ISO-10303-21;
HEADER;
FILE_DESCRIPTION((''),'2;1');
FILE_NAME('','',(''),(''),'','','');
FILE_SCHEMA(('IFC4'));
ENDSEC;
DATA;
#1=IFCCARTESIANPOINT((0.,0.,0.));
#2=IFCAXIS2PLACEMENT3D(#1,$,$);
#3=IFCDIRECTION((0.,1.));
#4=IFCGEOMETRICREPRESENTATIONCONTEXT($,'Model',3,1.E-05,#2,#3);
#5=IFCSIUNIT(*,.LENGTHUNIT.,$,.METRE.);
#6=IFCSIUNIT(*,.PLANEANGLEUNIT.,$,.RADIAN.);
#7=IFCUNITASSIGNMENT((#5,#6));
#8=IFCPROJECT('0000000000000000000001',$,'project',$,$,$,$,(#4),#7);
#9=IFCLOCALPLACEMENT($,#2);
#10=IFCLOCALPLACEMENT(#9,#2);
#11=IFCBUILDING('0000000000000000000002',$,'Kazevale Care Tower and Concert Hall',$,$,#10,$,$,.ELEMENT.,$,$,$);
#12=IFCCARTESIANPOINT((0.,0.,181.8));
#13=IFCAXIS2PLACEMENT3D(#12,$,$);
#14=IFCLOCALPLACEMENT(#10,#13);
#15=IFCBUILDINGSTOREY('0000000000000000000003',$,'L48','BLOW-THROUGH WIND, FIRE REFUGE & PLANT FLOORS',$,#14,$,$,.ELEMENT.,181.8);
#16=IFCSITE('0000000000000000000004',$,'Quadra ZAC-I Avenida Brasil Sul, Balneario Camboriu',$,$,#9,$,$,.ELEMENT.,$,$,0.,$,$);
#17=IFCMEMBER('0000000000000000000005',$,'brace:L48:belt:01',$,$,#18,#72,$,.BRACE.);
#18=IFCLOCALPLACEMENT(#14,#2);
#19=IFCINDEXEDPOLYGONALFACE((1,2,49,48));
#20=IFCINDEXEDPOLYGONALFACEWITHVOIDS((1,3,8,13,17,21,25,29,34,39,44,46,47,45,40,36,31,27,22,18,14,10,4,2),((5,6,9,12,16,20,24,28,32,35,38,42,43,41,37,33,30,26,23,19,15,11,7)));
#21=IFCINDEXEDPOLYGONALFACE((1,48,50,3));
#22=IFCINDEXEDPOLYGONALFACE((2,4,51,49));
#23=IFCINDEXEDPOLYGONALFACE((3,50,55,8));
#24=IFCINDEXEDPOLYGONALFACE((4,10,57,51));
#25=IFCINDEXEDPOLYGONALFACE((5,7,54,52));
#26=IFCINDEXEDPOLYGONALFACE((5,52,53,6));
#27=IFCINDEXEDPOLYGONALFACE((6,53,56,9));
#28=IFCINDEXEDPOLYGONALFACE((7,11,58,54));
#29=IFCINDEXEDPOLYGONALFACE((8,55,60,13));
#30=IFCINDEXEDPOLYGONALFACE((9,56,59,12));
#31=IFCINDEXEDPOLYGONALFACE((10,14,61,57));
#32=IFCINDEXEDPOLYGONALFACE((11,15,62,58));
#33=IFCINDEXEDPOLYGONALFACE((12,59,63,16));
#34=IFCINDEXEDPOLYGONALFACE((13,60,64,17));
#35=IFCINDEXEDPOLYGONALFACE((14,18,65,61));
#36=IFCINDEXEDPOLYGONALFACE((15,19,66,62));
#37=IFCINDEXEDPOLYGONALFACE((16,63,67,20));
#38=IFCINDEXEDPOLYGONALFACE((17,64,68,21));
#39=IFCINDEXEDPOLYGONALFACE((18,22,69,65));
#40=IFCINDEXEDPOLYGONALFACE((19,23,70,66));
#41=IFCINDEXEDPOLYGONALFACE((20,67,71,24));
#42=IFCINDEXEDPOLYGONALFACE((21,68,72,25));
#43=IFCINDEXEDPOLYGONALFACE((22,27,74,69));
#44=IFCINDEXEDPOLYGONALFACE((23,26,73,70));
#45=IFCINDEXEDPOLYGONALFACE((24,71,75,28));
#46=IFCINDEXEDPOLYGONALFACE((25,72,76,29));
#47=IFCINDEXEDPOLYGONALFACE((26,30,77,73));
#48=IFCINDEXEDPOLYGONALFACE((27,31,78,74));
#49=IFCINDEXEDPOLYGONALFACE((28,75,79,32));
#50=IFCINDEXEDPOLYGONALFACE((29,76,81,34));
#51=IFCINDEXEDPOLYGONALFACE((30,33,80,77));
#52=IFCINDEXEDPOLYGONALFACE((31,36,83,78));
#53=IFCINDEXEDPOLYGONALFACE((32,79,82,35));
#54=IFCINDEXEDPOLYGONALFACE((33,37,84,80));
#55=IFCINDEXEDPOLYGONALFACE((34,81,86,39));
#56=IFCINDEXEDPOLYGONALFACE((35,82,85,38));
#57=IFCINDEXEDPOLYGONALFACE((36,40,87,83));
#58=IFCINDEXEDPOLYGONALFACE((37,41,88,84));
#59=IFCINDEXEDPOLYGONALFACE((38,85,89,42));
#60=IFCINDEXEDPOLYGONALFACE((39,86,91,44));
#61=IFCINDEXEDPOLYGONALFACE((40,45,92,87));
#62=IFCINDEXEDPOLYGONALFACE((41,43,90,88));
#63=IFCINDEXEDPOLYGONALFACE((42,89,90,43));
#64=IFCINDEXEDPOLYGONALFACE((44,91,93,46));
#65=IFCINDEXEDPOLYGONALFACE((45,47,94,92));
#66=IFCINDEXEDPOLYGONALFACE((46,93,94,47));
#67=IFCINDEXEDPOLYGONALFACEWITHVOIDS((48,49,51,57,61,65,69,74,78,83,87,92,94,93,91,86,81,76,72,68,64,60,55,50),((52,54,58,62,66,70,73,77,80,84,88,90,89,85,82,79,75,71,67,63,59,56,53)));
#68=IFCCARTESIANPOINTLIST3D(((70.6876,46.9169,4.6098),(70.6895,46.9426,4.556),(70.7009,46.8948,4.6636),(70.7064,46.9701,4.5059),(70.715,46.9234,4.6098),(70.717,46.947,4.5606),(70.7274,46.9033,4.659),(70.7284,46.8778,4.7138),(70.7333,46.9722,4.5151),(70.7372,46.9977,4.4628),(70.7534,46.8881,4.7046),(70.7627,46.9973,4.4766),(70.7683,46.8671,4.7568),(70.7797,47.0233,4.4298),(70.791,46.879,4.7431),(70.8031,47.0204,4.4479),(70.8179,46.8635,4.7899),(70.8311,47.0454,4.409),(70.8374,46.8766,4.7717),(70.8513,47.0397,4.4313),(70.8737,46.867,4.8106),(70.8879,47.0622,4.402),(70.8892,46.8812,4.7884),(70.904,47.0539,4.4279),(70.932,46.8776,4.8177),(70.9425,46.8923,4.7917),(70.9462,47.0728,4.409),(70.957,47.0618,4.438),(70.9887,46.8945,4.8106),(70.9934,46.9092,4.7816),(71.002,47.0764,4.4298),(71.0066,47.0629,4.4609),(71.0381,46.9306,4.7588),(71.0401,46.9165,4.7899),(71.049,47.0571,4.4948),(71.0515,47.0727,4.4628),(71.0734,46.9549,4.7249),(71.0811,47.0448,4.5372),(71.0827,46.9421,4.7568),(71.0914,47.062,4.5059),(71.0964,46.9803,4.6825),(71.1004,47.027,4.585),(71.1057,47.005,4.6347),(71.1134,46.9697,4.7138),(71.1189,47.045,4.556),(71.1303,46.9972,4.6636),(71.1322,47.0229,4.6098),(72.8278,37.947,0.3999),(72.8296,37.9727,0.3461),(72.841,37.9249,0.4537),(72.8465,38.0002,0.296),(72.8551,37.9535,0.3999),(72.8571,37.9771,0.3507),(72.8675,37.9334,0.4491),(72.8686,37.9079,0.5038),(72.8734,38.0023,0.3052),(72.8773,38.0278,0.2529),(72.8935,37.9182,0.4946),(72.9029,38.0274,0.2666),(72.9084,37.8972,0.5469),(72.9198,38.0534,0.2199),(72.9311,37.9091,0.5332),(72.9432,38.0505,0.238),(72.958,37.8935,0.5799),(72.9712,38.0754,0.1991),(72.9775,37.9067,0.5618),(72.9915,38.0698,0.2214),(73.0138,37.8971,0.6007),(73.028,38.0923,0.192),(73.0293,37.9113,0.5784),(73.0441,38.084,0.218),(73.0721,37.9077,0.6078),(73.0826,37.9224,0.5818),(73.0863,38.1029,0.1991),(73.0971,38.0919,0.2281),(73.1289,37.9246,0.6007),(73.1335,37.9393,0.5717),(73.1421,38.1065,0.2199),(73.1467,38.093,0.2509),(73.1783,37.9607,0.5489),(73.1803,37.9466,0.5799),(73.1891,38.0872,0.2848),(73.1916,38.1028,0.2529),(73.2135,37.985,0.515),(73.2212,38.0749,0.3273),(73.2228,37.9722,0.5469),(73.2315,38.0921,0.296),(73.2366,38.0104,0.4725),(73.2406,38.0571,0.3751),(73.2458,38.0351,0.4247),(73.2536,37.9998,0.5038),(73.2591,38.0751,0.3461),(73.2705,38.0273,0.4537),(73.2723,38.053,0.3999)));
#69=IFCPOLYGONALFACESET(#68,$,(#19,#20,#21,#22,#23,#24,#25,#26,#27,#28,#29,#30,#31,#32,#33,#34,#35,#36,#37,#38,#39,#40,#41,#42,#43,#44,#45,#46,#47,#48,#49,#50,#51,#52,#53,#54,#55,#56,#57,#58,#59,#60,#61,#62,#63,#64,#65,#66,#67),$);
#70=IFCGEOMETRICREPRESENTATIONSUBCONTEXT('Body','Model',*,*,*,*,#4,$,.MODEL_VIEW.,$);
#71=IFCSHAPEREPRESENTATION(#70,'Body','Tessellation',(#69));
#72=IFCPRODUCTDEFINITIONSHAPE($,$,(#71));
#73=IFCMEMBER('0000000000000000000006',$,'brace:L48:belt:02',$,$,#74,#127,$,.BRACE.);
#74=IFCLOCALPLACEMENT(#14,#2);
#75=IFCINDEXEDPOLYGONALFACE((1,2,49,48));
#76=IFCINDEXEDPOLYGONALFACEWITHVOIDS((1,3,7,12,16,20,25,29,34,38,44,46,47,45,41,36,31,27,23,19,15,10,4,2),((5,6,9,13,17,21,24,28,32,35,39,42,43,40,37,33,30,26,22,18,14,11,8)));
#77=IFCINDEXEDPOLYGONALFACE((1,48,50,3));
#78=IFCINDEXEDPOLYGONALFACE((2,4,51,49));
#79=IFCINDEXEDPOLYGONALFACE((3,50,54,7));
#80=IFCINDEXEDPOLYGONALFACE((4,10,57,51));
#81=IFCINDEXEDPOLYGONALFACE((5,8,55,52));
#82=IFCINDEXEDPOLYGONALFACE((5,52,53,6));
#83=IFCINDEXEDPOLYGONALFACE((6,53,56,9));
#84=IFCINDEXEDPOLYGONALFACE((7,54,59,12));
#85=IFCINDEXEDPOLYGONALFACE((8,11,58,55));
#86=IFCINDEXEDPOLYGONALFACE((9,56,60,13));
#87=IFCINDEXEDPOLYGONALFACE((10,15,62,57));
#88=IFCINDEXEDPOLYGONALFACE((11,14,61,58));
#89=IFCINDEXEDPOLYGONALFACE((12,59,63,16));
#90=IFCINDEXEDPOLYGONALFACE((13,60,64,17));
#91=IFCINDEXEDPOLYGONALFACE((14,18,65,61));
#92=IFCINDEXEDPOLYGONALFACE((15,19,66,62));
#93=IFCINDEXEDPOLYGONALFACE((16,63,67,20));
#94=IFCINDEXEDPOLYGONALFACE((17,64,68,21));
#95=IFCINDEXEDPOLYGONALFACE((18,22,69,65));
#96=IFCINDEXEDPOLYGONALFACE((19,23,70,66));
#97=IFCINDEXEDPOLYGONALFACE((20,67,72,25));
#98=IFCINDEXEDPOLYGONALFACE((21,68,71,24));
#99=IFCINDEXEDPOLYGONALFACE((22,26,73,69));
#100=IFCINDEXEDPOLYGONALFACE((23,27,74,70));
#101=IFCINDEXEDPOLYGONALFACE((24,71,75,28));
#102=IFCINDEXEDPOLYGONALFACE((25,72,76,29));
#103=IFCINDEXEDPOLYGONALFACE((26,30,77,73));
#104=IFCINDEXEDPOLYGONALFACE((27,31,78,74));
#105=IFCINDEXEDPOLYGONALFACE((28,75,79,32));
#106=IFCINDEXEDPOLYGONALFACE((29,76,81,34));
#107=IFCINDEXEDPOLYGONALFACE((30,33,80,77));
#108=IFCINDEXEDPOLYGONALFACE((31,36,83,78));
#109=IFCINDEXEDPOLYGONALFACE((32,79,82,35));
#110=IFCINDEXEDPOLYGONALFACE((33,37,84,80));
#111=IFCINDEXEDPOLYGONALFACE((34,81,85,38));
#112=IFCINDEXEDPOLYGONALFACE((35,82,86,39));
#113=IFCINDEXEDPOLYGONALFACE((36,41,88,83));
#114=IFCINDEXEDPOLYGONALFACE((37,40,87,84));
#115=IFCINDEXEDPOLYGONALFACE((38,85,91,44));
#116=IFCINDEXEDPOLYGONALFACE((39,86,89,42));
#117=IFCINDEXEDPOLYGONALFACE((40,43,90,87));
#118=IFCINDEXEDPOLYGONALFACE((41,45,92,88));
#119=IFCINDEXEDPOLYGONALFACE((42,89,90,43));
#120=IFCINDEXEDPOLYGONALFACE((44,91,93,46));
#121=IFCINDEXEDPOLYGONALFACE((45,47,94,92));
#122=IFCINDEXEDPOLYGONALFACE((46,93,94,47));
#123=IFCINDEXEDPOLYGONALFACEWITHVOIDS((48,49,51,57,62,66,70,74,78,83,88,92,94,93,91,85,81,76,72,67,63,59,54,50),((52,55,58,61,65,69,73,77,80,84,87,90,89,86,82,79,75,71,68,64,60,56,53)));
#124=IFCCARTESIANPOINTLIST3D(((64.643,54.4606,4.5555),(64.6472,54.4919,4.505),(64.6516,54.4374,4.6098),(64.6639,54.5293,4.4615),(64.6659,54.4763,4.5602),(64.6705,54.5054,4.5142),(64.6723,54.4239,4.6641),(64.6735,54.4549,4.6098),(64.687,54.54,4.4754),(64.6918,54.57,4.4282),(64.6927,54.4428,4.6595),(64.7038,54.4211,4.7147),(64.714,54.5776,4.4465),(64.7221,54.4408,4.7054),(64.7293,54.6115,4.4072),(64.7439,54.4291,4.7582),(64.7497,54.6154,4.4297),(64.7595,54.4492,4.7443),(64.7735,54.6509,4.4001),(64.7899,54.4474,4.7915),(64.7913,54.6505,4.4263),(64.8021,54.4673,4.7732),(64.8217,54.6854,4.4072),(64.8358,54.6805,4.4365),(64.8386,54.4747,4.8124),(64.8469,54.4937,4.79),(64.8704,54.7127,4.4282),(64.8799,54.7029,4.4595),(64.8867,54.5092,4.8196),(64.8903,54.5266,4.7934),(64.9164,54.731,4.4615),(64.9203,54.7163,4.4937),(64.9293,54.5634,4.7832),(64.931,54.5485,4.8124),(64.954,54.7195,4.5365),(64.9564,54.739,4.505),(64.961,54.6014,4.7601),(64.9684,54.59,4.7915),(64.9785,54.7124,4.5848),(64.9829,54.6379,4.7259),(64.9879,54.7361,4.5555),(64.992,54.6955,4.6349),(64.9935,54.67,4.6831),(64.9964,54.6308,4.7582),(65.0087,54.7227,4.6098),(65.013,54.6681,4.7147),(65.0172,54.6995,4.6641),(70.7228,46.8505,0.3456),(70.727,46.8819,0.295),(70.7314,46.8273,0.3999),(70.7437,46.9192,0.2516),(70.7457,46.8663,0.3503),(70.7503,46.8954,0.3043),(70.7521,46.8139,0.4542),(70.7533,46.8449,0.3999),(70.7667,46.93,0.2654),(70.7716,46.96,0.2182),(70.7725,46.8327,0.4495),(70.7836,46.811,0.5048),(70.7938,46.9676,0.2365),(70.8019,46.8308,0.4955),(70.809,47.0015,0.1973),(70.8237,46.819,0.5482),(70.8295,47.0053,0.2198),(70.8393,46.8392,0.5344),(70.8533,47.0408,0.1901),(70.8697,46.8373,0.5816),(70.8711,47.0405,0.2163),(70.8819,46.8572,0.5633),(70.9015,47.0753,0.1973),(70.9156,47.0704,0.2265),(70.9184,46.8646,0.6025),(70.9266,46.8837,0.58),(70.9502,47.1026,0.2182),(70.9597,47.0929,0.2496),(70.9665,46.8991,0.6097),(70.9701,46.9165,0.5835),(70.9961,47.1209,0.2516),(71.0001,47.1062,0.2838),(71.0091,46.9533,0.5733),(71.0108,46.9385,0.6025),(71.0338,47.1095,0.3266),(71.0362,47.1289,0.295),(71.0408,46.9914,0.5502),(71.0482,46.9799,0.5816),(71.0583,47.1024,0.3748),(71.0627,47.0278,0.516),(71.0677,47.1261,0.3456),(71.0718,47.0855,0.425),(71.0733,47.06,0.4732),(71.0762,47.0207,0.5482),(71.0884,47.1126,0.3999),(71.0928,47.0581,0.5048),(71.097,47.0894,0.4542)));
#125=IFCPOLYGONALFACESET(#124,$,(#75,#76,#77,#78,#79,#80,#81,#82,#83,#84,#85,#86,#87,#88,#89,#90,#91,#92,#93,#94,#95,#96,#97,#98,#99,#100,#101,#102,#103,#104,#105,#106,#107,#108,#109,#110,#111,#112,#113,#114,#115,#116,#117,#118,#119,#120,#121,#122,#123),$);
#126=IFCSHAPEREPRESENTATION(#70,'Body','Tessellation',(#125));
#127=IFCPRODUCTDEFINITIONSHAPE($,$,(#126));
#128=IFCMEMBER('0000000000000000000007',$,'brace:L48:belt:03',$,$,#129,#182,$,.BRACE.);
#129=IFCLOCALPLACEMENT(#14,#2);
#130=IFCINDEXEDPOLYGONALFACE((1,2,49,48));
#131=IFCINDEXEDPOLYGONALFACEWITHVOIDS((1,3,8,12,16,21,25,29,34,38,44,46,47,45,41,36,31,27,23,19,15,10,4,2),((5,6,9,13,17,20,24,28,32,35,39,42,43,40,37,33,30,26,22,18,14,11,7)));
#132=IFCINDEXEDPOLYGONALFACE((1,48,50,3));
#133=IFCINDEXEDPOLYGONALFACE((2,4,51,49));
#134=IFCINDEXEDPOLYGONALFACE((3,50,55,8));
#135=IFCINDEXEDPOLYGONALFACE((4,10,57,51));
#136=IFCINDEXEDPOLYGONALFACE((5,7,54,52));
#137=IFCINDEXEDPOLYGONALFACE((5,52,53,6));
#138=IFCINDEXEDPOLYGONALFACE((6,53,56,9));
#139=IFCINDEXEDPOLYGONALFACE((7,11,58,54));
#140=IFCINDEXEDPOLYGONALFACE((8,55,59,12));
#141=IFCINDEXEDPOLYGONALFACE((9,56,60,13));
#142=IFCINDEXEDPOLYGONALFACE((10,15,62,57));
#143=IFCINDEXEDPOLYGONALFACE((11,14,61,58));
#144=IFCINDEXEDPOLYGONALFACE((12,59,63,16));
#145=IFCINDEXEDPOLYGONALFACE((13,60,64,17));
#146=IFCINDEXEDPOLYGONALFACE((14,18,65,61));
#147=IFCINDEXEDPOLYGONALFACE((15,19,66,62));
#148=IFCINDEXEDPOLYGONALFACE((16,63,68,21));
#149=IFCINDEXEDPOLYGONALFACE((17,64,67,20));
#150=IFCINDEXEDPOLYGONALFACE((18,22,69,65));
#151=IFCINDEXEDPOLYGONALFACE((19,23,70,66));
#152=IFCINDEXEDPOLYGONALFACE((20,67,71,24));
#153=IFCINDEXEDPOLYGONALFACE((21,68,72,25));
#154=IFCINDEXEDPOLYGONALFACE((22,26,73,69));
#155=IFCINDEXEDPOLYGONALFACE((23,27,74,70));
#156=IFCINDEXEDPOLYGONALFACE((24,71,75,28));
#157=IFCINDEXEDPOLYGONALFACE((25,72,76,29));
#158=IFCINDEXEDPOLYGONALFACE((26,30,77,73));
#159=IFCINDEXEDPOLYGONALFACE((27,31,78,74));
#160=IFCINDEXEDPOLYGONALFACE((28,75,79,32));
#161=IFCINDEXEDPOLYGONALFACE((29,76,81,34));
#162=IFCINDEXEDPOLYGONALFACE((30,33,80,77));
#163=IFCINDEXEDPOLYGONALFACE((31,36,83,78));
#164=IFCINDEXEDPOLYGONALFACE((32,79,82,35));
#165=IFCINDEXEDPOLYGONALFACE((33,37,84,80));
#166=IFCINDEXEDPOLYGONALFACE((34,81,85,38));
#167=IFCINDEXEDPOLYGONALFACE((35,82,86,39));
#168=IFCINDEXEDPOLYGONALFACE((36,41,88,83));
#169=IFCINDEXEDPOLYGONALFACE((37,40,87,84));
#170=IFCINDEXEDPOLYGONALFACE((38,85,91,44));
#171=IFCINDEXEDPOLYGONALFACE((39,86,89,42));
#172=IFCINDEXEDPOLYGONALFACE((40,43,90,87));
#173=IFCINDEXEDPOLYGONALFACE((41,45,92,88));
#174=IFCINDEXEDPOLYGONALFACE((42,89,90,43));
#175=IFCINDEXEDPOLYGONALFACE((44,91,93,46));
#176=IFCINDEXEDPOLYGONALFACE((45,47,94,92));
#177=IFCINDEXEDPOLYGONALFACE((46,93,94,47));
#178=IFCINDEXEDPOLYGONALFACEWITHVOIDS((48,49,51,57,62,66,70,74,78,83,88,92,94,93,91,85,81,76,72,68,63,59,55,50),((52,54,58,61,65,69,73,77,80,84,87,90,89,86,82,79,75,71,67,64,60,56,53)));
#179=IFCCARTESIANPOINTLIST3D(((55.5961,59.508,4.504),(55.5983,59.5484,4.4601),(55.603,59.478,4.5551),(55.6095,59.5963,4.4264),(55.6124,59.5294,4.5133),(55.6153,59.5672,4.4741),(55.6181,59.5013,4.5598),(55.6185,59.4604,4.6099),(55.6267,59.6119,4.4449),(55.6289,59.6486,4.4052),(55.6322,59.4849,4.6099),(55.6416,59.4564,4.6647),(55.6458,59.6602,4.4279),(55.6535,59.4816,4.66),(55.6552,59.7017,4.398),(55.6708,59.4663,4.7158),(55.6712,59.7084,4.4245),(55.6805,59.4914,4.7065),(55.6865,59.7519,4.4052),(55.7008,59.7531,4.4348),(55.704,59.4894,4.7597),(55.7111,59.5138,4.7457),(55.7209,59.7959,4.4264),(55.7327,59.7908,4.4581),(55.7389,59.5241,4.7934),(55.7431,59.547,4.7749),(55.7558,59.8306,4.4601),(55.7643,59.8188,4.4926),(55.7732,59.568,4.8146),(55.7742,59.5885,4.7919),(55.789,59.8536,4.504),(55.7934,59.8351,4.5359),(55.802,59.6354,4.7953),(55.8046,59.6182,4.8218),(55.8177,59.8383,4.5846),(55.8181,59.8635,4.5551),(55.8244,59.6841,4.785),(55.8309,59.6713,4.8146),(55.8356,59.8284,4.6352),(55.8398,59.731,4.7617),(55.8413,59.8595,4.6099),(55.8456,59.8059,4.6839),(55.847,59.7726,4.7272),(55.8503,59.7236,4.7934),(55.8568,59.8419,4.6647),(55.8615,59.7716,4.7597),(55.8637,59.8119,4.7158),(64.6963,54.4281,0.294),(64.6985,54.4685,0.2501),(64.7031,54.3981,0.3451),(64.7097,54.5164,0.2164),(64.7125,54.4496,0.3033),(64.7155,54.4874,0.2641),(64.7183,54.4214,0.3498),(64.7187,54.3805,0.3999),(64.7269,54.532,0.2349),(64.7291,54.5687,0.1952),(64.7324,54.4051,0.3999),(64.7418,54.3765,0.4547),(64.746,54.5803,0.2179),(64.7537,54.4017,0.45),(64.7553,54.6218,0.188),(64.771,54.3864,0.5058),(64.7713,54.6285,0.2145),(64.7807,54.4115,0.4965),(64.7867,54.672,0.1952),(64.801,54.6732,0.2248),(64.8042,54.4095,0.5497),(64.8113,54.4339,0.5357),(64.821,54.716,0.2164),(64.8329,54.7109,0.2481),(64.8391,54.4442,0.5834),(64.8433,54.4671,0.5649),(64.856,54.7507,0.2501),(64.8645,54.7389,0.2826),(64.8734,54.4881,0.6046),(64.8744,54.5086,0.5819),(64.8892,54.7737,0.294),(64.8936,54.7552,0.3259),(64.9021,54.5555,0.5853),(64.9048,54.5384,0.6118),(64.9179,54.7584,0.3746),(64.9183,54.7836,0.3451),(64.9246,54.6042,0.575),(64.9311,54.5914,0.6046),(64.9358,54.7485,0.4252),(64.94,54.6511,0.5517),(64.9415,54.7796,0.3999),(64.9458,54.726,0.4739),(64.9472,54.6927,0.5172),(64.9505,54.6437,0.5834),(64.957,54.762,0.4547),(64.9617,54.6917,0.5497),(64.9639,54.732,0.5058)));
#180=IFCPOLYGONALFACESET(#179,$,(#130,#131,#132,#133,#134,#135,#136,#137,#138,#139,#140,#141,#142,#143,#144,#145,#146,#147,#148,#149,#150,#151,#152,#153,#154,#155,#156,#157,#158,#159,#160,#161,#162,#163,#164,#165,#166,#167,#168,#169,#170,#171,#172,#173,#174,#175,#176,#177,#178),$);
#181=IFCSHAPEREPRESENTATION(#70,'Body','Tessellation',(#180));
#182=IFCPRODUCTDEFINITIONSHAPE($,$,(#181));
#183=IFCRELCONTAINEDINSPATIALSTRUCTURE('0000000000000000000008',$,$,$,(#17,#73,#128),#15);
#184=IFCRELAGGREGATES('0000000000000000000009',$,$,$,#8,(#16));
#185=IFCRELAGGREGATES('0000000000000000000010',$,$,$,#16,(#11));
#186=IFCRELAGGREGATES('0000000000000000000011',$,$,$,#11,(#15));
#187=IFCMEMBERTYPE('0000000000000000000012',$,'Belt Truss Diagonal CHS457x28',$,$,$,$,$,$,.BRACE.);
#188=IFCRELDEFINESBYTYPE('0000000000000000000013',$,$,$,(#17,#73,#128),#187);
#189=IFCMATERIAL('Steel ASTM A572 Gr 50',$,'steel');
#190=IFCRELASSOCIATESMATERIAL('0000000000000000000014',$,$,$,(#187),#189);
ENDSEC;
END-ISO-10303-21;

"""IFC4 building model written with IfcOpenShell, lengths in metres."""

from ifc_helpers import new_model, si_unit, direction, frame, origin, origin_2d, place, context, subcontext, project, spatial, hollow_circle, extrude, material, material_profile, profile_set, type_object, element, save


model = new_model("IFC4")

# Units and contexts
model_context = context("Model", 3, precision=1e-05, world=origin(), true_north=direction((0.0, 1.0)))
body_context = subcontext(model_context, "Body", "Model", "MODEL_VIEW")
ifc_project = project(units=[si_unit("LENGTHUNIT", "METRE"), si_unit("PLANEANGLEUNIT", "RADIAN")], contexts=[model_context])

# Site, building, storey
site_placement = place(None, origin())
site = spatial("IfcSite", under=ifc_project, at=site_placement, Name="Quadra ZAC-I Avenida Brasil Sul, Balneario Camboriu", CompositionType="ELEMENT", RefElevation=0.0)
building_placement = place(site_placement, origin())
building = spatial("IfcBuilding", under=site, at=building_placement, Name="Kazevale Care Tower and Concert Hall", CompositionType="ELEMENT")
storey_placement = place(building_placement, frame((0.0, 0.0, 181.8)))
storey = spatial("IfcBuildingStorey", under=building, at=storey_placement, Name="L48", Description="BLOW-THROUGH WIND, FIRE REFUGE & PLANT FLOORS", CompositionType="ELEMENT", Elevation=181.8)

# Members
ifc_material_1 = material(Name="Steel ASTM A572 Gr 50", Category="steel")
ifc_material_profile_1 = material_profile(ifc_material_1, hollow_circle(Radius=0.2285, WallThickness=0.0281, at=origin_2d()), Name="CHS457x28")
ifc_profile_set_1 = profile_set([ifc_material_profile_1], Name="Steel ASTM A572 Gr 50")
member_type = type_object("IfcMemberType", Name="Belt Truss Diagonal CHS457x28", PredefinedType="BRACE", material=ifc_profile_set_1)
member_1_placement = place(storey_placement, frame((73.05, 38.0, 0.3999), z_axis=(-0.211116, 0.88485, 0.415295), x_axis=(-0.972698, -0.232075, 0.0)))
element("IfcMember", 1, at=member_1_placement, inside=storey, type_object=member_type, Name="brace:L48:belt:01", PredefinedType="BRACE", context=body_context, shape_type="SweptSolid", body=[
    extrude(hollow_circle(Radius=0.2285, WallThickness=0.0281, at=origin_2d()), origin(), (0.0, 0.0, 1.0), 10.1372),
])
member_2_placement = place(storey_placement, frame((70.9099, 46.97, 0.3999), z_axis=(-0.572953, 0.717163, 0.396739), x_axis=(-0.781282, -0.624178, 0.0)))
element("IfcMember", 2, at=member_2_placement, inside=storey, type_object=member_type, Name="brace:L48:belt:02", PredefinedType="BRACE", context=body_context, shape_type="SweptSolid", body=[
    extrude(hollow_circle(Radius=0.2285, WallThickness=0.0281, at=origin_2d()), origin(), (0.0, 0.0, 1.0), 10.6113),
])
member_3_placement = place(storey_placement, frame((64.8301, 54.5801, 0.3999), z_axis=(-0.809609, 0.451938, 0.374548), x_axis=(-0.487418, -0.873169, 0.0)))
element("IfcMember", 3, at=member_3_placement, inside=storey, type_object=member_type, Name="brace:L48:belt:03", PredefinedType="BRACE", context=body_context, shape_type="SweptSolid", body=[
    extrude(hollow_circle(Radius=0.2285, WallThickness=0.0281, at=origin_2d()), origin(), (0.0, 0.0, 1.0), 11.2402),
])

save(model, "model.ifc")
